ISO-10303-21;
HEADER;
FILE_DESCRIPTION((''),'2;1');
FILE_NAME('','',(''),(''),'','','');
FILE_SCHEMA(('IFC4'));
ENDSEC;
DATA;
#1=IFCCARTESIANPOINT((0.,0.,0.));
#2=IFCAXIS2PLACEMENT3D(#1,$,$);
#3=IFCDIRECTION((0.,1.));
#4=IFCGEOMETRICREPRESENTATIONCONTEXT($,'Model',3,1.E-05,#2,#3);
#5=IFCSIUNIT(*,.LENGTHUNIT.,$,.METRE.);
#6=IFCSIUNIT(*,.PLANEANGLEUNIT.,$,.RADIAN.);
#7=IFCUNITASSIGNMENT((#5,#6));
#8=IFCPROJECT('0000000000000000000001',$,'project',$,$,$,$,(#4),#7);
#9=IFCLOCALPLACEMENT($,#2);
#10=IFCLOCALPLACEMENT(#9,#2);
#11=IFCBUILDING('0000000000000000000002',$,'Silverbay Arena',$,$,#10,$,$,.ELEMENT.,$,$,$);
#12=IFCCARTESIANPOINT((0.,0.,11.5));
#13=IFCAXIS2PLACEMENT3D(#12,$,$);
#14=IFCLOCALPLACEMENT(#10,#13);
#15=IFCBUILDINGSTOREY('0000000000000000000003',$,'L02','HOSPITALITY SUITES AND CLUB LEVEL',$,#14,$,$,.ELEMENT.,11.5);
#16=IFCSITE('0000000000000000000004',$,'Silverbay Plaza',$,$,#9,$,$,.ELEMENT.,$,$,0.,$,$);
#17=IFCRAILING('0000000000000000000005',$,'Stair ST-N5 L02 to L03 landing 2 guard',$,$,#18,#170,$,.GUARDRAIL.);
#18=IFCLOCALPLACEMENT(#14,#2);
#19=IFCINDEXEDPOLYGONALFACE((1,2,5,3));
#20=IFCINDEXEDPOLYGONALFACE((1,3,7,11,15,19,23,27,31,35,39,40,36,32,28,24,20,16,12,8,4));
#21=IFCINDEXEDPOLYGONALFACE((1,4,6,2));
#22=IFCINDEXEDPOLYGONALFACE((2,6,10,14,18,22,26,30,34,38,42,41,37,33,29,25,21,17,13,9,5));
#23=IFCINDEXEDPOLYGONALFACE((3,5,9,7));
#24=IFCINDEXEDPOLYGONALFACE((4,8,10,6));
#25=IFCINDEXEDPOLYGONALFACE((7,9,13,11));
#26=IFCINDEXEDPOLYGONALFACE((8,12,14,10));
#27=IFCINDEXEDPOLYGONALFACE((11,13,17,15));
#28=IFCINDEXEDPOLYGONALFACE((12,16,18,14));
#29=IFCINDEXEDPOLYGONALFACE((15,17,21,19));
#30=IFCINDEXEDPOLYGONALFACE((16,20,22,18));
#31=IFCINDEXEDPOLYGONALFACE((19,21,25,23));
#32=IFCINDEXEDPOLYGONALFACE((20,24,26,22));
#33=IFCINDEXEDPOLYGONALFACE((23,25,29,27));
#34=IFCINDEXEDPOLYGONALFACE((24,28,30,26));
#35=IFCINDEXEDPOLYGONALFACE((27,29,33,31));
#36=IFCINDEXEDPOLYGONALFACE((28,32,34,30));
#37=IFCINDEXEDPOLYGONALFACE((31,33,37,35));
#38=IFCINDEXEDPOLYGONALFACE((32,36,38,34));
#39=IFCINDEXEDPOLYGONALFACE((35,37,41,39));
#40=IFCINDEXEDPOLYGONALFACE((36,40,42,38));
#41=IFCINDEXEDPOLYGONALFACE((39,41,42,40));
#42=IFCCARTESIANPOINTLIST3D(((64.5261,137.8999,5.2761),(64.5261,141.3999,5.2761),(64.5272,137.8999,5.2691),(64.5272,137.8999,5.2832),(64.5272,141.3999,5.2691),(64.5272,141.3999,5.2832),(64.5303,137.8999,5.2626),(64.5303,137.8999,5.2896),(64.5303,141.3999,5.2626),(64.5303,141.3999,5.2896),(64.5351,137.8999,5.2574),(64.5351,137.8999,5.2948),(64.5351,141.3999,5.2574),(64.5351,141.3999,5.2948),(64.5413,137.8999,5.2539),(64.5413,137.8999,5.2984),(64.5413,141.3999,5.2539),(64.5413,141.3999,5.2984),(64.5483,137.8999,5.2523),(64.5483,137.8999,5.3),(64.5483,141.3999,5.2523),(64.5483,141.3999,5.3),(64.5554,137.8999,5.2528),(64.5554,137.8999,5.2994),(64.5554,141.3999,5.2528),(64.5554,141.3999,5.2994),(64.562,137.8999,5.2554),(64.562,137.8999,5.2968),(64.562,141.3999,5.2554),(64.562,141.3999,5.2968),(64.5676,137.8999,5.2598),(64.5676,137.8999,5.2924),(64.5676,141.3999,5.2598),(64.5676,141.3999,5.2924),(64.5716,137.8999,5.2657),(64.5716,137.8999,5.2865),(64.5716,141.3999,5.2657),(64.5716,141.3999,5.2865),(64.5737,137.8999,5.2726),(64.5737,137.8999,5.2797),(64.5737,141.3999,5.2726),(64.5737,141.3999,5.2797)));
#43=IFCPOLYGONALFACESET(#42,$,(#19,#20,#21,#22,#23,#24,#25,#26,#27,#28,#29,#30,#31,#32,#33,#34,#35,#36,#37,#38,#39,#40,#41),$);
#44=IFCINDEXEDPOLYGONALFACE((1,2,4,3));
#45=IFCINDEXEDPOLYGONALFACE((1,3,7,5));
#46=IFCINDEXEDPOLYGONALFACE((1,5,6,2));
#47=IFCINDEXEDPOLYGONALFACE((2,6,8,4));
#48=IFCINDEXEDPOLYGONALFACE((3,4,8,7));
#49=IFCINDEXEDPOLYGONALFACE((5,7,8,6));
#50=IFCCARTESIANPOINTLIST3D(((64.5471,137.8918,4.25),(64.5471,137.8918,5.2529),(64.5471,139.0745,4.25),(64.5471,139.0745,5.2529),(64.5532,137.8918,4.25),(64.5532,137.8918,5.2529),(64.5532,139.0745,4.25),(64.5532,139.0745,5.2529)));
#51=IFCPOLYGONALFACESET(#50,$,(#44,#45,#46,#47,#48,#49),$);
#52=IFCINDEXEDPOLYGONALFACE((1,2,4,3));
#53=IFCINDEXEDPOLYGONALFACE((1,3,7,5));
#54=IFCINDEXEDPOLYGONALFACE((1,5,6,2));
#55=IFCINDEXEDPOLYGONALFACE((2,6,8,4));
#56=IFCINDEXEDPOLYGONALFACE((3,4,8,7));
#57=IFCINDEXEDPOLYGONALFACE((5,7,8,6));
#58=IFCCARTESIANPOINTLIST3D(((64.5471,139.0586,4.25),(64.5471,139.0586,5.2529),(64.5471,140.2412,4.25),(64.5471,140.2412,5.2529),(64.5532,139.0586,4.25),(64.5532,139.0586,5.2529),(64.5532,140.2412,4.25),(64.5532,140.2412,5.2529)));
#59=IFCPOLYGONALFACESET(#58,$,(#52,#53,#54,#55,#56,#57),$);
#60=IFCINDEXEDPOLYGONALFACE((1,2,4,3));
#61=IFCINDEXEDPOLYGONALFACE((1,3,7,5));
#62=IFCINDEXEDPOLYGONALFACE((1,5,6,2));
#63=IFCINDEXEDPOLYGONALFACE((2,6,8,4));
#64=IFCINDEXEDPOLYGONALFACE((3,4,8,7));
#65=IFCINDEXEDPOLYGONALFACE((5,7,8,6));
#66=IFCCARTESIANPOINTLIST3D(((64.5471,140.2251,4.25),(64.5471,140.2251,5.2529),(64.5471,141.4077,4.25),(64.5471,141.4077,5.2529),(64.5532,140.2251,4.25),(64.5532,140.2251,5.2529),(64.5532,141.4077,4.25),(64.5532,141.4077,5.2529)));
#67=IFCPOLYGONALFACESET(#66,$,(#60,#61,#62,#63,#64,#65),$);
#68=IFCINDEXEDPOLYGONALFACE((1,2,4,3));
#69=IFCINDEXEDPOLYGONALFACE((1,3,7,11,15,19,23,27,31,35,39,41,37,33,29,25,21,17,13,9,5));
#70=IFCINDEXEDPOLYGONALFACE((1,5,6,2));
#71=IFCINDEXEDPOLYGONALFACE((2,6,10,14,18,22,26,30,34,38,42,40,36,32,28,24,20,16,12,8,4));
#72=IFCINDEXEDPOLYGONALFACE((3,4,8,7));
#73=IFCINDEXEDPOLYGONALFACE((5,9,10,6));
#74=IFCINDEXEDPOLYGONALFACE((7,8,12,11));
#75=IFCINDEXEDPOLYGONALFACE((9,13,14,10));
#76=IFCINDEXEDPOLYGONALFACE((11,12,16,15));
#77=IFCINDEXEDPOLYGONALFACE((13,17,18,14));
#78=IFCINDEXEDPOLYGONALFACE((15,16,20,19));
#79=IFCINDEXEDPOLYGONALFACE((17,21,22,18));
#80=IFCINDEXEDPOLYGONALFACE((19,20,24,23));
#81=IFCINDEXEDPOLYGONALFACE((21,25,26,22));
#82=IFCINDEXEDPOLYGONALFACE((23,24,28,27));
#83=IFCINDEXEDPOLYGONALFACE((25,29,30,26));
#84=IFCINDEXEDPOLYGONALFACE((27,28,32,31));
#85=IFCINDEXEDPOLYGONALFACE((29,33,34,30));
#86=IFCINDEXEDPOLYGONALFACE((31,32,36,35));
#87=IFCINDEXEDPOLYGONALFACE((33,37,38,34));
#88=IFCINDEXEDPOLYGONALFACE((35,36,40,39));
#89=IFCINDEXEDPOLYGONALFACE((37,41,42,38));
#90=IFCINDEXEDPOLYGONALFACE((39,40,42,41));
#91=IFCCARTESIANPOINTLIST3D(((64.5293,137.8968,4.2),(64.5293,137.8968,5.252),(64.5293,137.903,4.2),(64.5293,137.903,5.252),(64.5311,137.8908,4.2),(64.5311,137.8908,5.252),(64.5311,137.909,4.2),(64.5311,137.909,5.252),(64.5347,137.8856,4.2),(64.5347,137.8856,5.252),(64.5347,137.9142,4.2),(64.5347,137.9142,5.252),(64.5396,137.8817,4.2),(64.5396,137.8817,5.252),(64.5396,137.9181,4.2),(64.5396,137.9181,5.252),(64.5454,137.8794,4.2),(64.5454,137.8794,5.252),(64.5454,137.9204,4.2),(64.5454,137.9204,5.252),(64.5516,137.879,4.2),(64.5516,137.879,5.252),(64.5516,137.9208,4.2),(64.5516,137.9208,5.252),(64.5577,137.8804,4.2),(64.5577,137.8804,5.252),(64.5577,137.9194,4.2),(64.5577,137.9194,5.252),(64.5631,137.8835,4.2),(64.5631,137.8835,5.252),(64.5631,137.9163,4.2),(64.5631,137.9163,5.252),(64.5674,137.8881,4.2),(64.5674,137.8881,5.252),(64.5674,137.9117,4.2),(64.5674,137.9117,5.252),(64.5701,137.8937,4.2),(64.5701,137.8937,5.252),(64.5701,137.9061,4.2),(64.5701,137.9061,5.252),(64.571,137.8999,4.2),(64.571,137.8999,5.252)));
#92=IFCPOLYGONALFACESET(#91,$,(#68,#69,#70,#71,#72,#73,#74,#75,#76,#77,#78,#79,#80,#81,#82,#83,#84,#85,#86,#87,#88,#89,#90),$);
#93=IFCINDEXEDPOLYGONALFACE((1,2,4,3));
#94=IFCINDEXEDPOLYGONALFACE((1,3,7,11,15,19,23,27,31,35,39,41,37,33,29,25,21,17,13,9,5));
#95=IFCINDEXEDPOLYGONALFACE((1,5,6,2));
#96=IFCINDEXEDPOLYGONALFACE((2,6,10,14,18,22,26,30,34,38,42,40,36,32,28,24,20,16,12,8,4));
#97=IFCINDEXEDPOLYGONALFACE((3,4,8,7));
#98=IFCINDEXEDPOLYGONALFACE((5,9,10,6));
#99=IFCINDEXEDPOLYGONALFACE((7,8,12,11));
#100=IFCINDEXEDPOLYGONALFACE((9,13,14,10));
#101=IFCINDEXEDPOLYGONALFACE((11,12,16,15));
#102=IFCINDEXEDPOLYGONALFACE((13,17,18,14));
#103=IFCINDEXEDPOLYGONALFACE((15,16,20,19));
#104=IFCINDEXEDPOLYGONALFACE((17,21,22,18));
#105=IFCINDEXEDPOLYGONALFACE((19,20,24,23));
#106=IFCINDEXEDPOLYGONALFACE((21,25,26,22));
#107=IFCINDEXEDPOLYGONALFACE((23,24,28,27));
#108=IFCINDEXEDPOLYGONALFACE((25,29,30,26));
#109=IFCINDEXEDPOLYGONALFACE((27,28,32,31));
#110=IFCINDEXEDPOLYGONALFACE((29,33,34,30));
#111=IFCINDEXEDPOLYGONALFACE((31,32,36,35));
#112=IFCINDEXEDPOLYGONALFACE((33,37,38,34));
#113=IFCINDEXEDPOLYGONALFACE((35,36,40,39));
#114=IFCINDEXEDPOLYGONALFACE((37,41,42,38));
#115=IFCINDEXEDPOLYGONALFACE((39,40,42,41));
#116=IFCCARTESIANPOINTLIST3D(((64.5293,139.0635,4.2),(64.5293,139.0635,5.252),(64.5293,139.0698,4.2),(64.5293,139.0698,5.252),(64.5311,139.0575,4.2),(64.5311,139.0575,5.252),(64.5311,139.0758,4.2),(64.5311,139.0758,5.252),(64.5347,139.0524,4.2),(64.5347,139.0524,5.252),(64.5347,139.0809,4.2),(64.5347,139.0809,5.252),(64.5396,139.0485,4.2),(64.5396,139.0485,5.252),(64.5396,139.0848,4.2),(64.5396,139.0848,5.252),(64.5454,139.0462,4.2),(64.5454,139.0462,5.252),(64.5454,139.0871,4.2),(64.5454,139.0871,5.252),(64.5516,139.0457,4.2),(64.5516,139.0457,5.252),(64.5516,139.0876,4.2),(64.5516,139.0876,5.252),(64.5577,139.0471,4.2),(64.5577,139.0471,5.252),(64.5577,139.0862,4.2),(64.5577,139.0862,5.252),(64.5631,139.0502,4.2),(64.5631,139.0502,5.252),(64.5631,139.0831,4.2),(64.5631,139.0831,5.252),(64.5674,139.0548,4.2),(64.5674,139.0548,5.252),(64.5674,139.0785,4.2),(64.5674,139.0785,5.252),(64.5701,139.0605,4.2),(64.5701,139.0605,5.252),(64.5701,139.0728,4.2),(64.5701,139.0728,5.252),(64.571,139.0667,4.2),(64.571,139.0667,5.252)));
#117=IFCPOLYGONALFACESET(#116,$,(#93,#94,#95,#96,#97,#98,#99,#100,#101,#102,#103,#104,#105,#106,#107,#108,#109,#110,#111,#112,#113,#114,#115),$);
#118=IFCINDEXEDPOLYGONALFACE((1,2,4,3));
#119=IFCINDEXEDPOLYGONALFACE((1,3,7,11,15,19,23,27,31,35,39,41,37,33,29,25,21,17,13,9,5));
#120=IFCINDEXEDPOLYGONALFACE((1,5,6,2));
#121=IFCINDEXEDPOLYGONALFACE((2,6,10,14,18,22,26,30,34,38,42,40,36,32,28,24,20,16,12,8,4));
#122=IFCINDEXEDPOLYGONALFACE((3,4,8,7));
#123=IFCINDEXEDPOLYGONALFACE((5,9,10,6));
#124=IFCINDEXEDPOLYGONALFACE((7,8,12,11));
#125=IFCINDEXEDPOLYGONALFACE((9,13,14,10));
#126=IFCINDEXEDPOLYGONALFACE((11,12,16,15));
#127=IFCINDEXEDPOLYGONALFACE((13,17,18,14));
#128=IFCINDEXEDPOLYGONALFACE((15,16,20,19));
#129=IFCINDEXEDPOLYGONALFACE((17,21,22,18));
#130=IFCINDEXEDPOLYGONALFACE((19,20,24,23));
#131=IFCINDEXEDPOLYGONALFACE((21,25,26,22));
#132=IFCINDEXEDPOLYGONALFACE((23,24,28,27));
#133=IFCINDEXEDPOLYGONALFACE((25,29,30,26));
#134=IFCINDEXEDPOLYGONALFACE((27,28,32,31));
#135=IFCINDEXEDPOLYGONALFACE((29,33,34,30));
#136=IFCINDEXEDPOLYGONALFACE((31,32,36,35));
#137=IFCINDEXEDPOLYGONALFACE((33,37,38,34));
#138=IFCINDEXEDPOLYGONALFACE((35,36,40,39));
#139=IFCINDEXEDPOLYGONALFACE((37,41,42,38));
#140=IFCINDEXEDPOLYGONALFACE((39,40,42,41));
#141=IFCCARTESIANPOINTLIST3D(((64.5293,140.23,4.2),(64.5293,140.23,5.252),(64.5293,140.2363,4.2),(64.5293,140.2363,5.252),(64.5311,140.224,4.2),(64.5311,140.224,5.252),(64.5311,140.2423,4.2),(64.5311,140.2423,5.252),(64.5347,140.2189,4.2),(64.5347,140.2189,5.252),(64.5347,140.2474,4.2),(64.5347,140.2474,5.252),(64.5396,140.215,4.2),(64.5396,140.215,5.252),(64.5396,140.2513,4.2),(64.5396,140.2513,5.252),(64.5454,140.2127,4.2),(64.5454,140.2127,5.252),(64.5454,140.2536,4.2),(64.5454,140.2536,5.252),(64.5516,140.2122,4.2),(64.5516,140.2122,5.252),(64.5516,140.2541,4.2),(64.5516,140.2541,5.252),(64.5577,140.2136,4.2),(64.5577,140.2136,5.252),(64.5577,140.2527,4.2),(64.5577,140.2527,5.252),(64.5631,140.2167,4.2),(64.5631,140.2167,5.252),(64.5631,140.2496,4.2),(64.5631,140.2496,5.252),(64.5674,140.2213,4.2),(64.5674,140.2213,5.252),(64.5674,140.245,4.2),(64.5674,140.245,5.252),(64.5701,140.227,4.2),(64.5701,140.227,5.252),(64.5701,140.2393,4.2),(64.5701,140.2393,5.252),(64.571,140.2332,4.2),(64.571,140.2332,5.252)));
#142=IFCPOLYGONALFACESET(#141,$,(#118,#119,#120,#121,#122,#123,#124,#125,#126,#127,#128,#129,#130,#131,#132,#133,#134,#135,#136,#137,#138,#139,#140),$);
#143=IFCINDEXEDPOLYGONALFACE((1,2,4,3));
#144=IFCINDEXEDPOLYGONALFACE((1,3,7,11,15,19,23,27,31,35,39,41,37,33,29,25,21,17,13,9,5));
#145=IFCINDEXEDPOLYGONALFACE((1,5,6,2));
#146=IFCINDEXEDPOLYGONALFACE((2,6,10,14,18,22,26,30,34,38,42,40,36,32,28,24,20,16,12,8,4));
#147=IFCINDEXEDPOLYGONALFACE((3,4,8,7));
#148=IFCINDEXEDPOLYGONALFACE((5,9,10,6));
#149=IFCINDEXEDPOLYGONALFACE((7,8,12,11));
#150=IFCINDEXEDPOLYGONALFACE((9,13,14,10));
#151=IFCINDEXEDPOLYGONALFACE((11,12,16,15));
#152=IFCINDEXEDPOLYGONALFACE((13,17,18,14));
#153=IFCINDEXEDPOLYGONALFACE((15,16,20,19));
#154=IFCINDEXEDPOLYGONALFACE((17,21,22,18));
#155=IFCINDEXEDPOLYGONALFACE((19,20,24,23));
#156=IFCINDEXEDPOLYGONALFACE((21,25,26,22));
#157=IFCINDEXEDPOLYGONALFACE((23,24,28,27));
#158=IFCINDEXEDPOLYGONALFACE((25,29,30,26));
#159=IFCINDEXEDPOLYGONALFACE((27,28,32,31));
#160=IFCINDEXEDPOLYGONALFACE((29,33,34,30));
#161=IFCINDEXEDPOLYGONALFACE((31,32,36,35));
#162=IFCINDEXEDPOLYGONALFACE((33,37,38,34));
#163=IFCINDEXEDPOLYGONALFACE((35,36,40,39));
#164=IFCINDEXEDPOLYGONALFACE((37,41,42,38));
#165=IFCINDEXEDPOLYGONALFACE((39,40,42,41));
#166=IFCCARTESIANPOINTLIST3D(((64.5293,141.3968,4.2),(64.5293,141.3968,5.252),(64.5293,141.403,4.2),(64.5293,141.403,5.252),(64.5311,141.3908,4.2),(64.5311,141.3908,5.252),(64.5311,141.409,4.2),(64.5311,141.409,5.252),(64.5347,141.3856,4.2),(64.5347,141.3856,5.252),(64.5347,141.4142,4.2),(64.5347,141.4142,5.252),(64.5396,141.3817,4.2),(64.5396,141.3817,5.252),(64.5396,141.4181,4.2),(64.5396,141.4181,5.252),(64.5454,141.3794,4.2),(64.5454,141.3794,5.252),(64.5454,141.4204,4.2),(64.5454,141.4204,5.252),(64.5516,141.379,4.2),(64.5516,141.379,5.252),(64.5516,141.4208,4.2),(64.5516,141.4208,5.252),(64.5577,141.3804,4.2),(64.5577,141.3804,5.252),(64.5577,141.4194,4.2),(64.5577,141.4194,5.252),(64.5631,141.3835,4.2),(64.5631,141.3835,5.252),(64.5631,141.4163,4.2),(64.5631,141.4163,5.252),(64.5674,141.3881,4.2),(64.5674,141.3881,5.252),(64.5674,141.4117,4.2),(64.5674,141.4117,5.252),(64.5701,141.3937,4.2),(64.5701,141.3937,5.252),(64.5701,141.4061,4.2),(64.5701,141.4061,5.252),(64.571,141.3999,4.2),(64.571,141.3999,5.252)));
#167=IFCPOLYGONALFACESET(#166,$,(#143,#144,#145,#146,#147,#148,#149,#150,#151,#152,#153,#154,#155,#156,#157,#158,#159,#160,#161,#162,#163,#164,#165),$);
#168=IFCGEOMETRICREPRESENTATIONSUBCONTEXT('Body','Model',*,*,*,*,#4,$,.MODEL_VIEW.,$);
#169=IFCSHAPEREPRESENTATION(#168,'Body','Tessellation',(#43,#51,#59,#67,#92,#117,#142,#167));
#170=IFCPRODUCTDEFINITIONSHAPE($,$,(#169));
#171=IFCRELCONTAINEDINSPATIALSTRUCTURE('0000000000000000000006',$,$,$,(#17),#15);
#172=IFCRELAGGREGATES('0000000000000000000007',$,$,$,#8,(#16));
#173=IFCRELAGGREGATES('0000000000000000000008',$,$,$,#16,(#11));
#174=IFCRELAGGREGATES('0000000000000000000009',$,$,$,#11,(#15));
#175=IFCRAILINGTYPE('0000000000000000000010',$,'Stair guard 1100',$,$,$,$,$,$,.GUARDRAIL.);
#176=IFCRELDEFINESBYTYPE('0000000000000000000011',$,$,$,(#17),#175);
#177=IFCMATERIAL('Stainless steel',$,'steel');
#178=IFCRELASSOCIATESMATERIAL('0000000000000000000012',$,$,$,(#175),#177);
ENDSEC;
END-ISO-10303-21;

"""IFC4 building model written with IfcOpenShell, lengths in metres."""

from ifc_helpers import new_model, si_unit, direction, frame, origin, origin_2d, place, context, subcontext, project, spatial, polyline, circle, outline, extrude, material, type_object, element, save


model = new_model("IFC4")

# Units and contexts
model_context = context("Model", 3, precision=1e-05, world=origin(), true_north=direction((0.0, 1.0)))
body_context = subcontext(model_context, "Body", "Model", "MODEL_VIEW")
ifc_project = project(units=[si_unit("LENGTHUNIT", "METRE"), si_unit("PLANEANGLEUNIT", "RADIAN")], contexts=[model_context])

# Site, building, storey
site_placement = place(None, origin())
site = spatial("IfcSite", under=ifc_project, at=site_placement, Name="Silverbay Plaza", CompositionType="ELEMENT", RefElevation=0.0)
building_placement = place(site_placement, origin())
building = spatial("IfcBuilding", under=site, at=building_placement, Name="Silverbay Arena", CompositionType="ELEMENT")
storey_placement = place(building_placement, frame((0.0, 0.0, 11.5)))
storey = spatial("IfcBuildingStorey", under=building, at=storey_placement, Name="L02", Description="HOSPITALITY SUITES AND CLUB LEVEL", CompositionType="ELEMENT", Elevation=11.5)

# Railing
ifc_material_1 = material(Name="Stainless steel", Category="steel")
railing_type_1 = type_object("IfcRailingType", Name="Stair guard 1100", PredefinedType="GUARDRAIL", material=ifc_material_1)
for number, where, name in (
    (1, (64.55, 137.8999, 4.2), "Stair ST-N5 L02 to L03 landing 2 guard"),
):
    element("IfcRailing", number, at=place(storey_placement, frame(where)), inside=storey, type_object=railing_type_1, Name=name, PredefinedType="GUARDRAIL", context=body_context, shape_type="SweptSolid", body=[
        extrude(circle(Radius=0.0239, at=origin_2d()), frame((0.0, 0.0, 1.0762), z_axis=(0.0, 1.0, 0.0), x_axis=(-1.0, 0.0, 0.0)), (0.0, 0.0, 1.0), 3.5),
        extrude(outline(polyline([(-0.0081, 0.05), (1.1746, 0.05), (1.1746, 1.053), (-0.0081, 1.053), (-0.0081, 0.05)])), frame((-0.0029, 0.0, 0.0), z_axis=(1.0, 0.0, 0.0), x_axis=(0.0, 1.0, 0.0)), (0.0, 0.0, 1.0), 0.0061),
        extrude(outline(polyline([(-0.0081, 0.05), (1.1746, 0.05), (1.1746, 1.053), (-0.0081, 1.053), (-0.0081, 0.05)])), frame((-0.0029, 1.1667, 0.0), z_axis=(1.0, 0.0, 0.0), x_axis=(0.0, 1.0, 0.0)), (0.0, 0.0, 1.0), 0.0061),
        extrude(outline(polyline([(-0.0081, 0.05), (1.1746, 0.05), (1.1746, 1.053), (-0.0081, 1.053), (-0.0081, 0.05)])), frame((-0.0029, 2.3333, 0.0), z_axis=(1.0, 0.0, 0.0), x_axis=(0.0, 1.0, 0.0)), (0.0, 0.0, 1.0), 0.0061),
        extrude(circle(Radius=0.021, at=origin_2d()), origin(), (0.0, 0.0, 1.0), 1.052),
        extrude(circle(Radius=0.021, at=origin_2d()), frame((0.0, 1.1667, 0.0)), (0.0, 0.0, 1.0), 1.052),
        extrude(circle(Radius=0.021, at=origin_2d()), frame((0.0, 2.3333, 0.0)), (0.0, 0.0, 1.0), 1.052),
        extrude(circle(Radius=0.021, at=origin_2d()), frame((0.0, 3.5, 0.0)), (0.0, 0.0, 1.0), 1.052),
    ])

save(model, "model.ifc")
